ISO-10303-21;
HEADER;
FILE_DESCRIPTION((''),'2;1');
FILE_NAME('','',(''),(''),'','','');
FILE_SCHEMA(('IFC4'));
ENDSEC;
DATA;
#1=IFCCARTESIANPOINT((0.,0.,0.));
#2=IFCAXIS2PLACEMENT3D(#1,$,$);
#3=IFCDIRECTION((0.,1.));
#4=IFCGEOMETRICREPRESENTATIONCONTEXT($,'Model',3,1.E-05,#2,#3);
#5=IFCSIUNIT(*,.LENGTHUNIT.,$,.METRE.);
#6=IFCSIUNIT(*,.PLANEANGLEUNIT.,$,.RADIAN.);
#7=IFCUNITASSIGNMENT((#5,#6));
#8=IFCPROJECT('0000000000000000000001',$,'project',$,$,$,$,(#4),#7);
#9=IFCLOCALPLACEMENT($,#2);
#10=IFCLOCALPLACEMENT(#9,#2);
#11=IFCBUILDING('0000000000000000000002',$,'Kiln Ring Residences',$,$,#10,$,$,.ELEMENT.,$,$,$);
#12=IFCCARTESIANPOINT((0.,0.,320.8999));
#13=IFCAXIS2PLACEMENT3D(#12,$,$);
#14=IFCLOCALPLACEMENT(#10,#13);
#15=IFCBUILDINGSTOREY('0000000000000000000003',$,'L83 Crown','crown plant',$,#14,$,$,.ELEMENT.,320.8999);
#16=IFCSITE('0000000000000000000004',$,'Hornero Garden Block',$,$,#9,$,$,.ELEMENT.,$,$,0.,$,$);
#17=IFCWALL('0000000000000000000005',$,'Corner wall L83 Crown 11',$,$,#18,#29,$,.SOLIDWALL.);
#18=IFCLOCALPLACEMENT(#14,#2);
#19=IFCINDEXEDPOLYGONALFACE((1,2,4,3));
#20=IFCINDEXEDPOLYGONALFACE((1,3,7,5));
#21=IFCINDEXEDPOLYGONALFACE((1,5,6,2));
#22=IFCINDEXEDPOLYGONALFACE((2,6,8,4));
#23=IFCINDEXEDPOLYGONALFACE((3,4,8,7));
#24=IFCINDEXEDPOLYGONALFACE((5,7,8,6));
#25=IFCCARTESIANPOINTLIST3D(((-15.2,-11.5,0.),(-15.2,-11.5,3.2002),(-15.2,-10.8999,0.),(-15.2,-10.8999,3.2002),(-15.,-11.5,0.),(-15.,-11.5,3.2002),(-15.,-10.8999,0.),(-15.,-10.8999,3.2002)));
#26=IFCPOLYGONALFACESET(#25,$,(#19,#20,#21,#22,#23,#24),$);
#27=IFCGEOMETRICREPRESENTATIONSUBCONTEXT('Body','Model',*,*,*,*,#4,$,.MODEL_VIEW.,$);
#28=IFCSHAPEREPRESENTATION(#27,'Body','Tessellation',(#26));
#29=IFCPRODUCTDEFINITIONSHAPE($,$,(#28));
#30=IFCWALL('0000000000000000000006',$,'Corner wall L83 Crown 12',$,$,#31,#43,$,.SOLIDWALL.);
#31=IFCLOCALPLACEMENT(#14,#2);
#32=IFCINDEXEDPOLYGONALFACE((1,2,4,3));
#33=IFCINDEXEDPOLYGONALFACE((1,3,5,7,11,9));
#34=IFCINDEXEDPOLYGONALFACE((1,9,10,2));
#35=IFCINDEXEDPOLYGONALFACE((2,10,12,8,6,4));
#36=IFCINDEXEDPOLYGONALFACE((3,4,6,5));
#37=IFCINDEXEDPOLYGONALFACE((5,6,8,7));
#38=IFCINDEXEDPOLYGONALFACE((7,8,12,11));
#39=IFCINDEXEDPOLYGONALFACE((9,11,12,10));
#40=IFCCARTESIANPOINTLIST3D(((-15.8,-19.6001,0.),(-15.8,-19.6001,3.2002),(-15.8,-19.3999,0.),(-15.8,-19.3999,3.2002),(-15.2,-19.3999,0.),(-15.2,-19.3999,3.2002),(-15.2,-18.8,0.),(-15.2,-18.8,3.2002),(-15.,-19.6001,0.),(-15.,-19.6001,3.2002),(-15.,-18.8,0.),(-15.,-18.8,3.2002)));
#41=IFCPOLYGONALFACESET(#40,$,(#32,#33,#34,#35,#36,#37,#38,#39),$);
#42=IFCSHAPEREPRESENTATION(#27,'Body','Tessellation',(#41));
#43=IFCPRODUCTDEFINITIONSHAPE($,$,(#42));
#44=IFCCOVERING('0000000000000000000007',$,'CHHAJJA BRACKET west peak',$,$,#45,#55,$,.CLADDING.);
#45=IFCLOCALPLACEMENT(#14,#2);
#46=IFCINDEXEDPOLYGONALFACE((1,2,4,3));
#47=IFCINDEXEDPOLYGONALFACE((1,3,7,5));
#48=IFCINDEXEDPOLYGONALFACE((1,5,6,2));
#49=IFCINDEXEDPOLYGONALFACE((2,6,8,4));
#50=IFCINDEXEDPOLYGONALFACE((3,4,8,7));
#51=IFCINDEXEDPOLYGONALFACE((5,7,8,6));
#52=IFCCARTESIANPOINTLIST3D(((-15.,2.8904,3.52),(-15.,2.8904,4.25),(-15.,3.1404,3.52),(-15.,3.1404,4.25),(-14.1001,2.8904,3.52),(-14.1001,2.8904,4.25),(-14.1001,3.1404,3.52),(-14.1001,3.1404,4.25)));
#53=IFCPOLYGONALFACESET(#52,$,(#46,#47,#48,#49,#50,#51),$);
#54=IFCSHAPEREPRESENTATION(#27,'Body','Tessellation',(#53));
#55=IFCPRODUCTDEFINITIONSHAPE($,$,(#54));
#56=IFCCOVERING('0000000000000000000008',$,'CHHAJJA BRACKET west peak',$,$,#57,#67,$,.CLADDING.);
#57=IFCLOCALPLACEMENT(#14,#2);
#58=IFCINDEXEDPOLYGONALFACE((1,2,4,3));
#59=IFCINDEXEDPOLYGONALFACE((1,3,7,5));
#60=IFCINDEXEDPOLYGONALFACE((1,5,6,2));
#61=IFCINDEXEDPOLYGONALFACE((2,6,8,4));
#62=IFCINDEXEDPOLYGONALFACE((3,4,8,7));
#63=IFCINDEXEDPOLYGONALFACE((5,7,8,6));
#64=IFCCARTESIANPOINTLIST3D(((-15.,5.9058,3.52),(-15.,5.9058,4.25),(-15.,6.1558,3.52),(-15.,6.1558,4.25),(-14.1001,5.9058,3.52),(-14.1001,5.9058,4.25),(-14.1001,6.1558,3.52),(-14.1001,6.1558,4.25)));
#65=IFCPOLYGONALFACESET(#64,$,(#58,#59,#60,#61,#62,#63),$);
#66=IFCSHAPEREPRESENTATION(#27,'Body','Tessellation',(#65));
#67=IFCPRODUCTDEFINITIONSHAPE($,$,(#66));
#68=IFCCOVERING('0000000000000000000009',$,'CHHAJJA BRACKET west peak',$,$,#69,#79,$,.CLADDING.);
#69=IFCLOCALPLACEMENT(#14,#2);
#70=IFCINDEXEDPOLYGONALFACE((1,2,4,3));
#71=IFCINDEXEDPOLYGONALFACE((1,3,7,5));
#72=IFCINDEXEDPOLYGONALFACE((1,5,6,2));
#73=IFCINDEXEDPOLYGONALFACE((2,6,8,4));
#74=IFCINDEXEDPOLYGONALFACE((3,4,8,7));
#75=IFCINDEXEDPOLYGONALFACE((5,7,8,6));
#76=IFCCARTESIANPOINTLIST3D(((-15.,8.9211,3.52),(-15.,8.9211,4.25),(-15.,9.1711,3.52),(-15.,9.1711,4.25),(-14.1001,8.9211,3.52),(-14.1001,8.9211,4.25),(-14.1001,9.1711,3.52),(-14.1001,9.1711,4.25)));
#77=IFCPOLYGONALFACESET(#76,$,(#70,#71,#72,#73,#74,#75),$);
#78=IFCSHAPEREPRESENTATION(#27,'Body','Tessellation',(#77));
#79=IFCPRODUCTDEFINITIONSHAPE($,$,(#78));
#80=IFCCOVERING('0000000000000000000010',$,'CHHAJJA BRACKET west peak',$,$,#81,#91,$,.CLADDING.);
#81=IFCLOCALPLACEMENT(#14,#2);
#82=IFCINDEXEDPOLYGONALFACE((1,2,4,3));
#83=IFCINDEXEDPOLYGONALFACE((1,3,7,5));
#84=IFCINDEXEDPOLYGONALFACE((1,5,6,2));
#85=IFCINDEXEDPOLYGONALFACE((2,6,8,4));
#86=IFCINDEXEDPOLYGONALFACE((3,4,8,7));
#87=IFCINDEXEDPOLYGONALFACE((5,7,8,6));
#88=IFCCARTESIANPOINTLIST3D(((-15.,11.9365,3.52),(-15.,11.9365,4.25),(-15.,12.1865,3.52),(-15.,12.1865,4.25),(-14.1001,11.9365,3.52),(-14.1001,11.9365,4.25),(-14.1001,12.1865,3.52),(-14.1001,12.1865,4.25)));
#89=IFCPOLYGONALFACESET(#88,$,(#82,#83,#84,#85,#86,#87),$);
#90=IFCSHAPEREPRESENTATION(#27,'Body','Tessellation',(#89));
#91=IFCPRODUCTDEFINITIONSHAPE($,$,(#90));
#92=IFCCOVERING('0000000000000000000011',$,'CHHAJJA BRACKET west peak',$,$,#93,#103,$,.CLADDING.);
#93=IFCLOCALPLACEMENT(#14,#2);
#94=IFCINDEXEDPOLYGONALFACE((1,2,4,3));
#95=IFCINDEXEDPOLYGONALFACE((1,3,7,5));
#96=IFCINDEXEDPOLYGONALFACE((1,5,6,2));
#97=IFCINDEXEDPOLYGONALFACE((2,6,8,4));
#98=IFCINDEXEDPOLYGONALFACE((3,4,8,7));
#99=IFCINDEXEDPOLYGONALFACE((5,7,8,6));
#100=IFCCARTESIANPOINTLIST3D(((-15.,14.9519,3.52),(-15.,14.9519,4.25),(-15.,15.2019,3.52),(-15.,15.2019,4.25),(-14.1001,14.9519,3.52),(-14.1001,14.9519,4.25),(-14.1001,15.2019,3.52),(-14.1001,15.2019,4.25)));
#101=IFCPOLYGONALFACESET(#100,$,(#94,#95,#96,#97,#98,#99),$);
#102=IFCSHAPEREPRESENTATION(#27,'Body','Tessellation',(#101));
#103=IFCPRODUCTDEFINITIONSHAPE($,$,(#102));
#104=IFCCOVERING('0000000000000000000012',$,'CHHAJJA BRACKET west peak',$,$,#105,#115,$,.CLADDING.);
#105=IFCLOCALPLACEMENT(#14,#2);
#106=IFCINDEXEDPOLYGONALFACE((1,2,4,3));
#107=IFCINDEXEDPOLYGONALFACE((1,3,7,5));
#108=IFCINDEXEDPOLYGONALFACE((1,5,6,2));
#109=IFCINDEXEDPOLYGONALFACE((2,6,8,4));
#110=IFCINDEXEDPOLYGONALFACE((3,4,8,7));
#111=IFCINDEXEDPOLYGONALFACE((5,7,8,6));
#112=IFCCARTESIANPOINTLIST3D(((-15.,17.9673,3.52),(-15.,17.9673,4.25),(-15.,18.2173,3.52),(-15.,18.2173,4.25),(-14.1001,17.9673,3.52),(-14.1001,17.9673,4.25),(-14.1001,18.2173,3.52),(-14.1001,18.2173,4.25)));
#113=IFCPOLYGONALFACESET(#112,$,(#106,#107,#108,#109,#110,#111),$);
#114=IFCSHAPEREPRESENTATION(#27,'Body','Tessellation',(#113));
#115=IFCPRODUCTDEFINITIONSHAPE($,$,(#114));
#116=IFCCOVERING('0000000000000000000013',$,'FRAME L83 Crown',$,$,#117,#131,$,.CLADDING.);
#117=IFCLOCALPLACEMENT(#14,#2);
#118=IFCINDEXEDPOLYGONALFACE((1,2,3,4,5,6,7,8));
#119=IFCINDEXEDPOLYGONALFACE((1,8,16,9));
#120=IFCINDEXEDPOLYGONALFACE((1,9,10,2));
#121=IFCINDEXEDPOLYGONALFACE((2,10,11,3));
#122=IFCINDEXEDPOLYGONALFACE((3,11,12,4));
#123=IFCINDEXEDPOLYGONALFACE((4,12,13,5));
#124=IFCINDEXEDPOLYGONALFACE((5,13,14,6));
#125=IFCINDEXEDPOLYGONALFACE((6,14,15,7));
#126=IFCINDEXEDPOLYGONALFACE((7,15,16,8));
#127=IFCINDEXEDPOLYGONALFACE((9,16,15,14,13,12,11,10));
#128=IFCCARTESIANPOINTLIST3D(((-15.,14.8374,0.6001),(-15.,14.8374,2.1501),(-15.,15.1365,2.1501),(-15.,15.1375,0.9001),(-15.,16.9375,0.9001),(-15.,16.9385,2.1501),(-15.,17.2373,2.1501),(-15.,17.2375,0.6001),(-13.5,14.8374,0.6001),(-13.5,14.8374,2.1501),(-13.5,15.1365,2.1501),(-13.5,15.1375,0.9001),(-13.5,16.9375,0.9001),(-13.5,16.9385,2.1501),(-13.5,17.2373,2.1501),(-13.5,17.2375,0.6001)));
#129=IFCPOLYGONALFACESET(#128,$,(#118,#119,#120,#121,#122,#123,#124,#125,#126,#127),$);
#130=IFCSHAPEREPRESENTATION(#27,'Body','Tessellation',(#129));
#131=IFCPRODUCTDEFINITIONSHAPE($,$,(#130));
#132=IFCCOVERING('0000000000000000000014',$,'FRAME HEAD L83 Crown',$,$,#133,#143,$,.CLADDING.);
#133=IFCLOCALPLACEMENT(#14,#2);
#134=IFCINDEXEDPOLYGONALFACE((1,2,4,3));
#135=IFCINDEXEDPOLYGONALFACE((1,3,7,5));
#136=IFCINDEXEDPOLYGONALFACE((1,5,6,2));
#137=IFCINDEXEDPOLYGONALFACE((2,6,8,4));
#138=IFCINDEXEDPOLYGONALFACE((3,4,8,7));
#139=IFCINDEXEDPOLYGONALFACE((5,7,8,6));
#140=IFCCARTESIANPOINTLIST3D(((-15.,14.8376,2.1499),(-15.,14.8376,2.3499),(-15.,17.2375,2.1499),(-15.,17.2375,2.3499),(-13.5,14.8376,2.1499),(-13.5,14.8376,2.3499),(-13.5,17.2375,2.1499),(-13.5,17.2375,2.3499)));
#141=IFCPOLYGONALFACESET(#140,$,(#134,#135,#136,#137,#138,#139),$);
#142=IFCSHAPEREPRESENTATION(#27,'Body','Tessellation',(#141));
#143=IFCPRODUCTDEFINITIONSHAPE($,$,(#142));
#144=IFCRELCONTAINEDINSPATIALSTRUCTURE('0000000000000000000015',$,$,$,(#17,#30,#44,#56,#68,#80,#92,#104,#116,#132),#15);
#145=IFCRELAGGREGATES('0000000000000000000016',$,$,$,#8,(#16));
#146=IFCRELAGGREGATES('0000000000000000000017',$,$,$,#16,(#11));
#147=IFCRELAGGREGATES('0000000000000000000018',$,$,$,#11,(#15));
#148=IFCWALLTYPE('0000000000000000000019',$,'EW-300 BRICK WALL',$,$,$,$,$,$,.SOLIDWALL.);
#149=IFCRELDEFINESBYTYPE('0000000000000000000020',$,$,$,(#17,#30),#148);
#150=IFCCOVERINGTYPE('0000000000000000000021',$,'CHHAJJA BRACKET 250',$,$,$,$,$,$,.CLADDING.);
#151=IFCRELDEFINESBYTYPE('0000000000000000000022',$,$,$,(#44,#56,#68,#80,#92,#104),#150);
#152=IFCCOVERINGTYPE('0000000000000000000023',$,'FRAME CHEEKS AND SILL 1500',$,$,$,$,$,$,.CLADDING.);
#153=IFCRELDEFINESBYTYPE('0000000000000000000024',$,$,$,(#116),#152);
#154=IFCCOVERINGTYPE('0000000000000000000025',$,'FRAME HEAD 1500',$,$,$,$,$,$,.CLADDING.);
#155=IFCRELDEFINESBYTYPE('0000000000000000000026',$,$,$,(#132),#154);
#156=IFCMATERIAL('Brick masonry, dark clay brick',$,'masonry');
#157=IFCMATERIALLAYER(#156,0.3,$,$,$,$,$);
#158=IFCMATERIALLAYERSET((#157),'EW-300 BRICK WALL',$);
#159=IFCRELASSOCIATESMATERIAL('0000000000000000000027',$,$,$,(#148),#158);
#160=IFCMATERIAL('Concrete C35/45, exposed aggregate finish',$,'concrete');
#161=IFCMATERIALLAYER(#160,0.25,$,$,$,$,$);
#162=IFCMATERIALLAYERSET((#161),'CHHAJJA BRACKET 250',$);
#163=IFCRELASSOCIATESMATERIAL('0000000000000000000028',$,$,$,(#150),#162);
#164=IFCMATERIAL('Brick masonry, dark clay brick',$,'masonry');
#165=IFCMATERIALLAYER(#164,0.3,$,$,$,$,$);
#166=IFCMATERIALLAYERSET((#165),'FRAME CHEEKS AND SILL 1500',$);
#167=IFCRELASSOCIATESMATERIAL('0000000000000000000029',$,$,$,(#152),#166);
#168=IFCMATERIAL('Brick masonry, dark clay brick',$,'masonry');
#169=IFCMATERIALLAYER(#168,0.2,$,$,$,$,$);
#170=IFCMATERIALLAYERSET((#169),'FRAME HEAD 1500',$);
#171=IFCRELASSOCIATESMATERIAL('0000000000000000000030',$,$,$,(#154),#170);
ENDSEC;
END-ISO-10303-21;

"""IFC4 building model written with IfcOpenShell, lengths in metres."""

from ifc_helpers import new_model, si_unit, direction, frame, origin, origin_2d, place, context, subcontext, project, spatial, polyline, rectangle, outline, extrude, material, layer, layer_set, type_object, element, save


model = new_model("IFC4")

# Units and contexts
model_context = context("Model", 3, precision=1e-05, world=origin(), true_north=direction((0.0, 1.0)))
body_context = subcontext(model_context, "Body", "Model", "MODEL_VIEW")
ifc_project = project(units=[si_unit("LENGTHUNIT", "METRE"), si_unit("PLANEANGLEUNIT", "RADIAN")], contexts=[model_context])

# Site, building, storey
site_placement = place(None, origin())
site = spatial("IfcSite", under=ifc_project, at=site_placement, Name="Hornero Garden Block", CompositionType="ELEMENT", RefElevation=0.0)
building_placement = place(site_placement, origin())
building = spatial("IfcBuilding", under=site, at=building_placement, Name="Kiln Ring Residences", CompositionType="ELEMENT")
storey_placement = place(building_placement, frame((0.0, 0.0, 320.8999)))
storey = spatial("IfcBuildingStorey", under=building, at=storey_placement, Name="L83 Crown", Description="crown plant", CompositionType="ELEMENT", Elevation=320.8999)

# Shared definitions
ifc_material_1 = material(Name="Brick masonry, dark clay brick", Category="masonry")
ifc_layer_1 = layer(ifc_material_1, 0.3)
ifc_layer_set_1 = layer_set([ifc_layer_1], Name="EW-300 BRICK WALL")
wall_type = type_object("IfcWallType", Name="EW-300 BRICK WALL", PredefinedType="SOLIDWALL", material=ifc_layer_set_1)

# Walls
placement = place(storey_placement, origin())
element("IfcWall", 1, at=placement, inside=storey, type_object=wall_type, Name="Corner wall L83 Crown 11", PredefinedType="SOLIDWALL", context=body_context, shape_type="SweptSolid", body=[
    extrude(outline(polyline([(-15.2, -11.5), (-15.0, -11.5), (-15.0, -10.8999), (-15.2, -10.8999), (-15.2, -11.5)])), origin(), (0.0, 0.0, 1.0), 3.2002),
])
element("IfcWall", 2, at=placement, inside=storey, type_object=wall_type, Name="Corner wall L83 Crown 12", PredefinedType="SOLIDWALL", context=body_context, shape_type="SweptSolid", body=[
    extrude(outline(polyline([(-15.8, -19.6001), (-15.0, -19.6001), (-15.0, -18.8), (-15.2, -18.8), (-15.2, -19.3999), (-15.8, -19.3999), (-15.8, -19.6001)])), origin(), (0.0, 0.0, 1.0), 3.2002),
])

# Coverings
ifc_material_2 = material(Name="Concrete C35/45, exposed aggregate finish", Category="concrete")
ifc_layer_2 = layer(ifc_material_2, 0.25)
ifc_layer_set_2 = layer_set([ifc_layer_2], Name="CHHAJJA BRACKET 250")
covering_type_1 = type_object("IfcCoveringType", Name="CHHAJJA BRACKET 250", PredefinedType="CLADDING", material=ifc_layer_set_2)
for number, where, z_axis, x_axis, name in (
    (3, (-15.0, 3.0154, 3.52), (0.0, 0.0, 1.0), (1.0, 0.0, 0.0), "CHHAJJA BRACKET west peak"),
    (4, (-15.0, 6.0308, 3.52), (0.0, 0.0, 1.0), (1.0, 0.0, 0.0), "CHHAJJA BRACKET west peak"),
    (5, (-15.0, 9.0461, 3.52), (0.0, 0.0, 1.0), (1.0, 0.0, 0.0), "CHHAJJA BRACKET west peak"),
    (6, (-15.0, 12.0615, 3.52), (0.0, 0.0, 1.0), (1.0, 0.0, 0.0), "CHHAJJA BRACKET west peak"),
    (7, (-15.0, 15.0769, 3.52), (0.0, 0.0, 1.0), (1.0, 0.0, 0.0), "CHHAJJA BRACKET west peak"),
    (8, (-15.0, 18.0923, 3.52), (0.0, 0.0, 1.0), (1.0, 0.0, 0.0), "CHHAJJA BRACKET west peak"),
):
    element("IfcCovering", number, at=place(storey_placement, frame(where, z_axis=z_axis, x_axis=x_axis)), inside=storey, type_object=covering_type_1, Name=name, PredefinedType="CLADDING", context=body_context, shape_type="SweptSolid", body=[
        extrude(outline(polyline([(0.0, 0.0), (0.8999, 0.0), (0.8999, 0.73), (0.0, 0.73), (0.0, 0.0), (0.0, 0.0)])), frame((0.0, 0.125, 0.0), z_axis=(0.0, -1.0, 0.0), x_axis=(1.0, 0.0, 0.0)), (0.0, 0.0, 1.0), 0.25),
    ])
ifc_material_3 = material(Name="Brick masonry, dark clay brick", Category="masonry")
ifc_layer_3 = layer(ifc_material_3, 0.3)
ifc_layer_set_3 = layer_set([ifc_layer_3], Name="FRAME CHEEKS AND SILL 1500")
covering_type_2 = type_object("IfcCoveringType", Name="FRAME CHEEKS AND SILL 1500", PredefinedType="CLADDING", material=ifc_layer_set_3)
covering_1_placement = place(storey_placement, frame((-14.25, 14.8374, 0.6001), z_axis=(0.0, 0.0, 1.0), x_axis=(0.0, 1.0, 0.0)))
element("IfcCovering", 9, at=covering_1_placement, inside=storey, type_object=covering_type_2, Name="FRAME L83 Crown", PredefinedType="CLADDING", context=body_context, shape_type="SweptSolid", body=[
    extrude(outline(polyline([(0.0, 0.0), (2.4001, 0.0), (2.3999, 1.55), (2.1011, 1.55), (2.1001, 0.3), (0.3, 0.3), (0.2991, 1.55), (0.0, 1.55), (0.0, 0.0)])), frame((0.0, 0.75, 0.0), z_axis=(0.0, -1.0, 0.0), x_axis=(1.0, 0.0, 0.0)), (0.0, 0.0, 1.0), 1.5),
])
ifc_material_4 = material(Name="Brick masonry, dark clay brick", Category="masonry")
ifc_layer_4 = layer(ifc_material_4, 0.2)
ifc_layer_set_4 = layer_set([ifc_layer_4], Name="FRAME HEAD 1500")
covering_type_3 = type_object("IfcCoveringType", Name="FRAME HEAD 1500", PredefinedType="CLADDING", material=ifc_layer_set_4)
covering_2_placement = place(storey_placement, frame((-14.25, 16.0376, 2.1499), z_axis=(0.0, 0.0, 1.0), x_axis=(0.0, 1.0, 0.0)))
element("IfcCovering", 10, at=covering_2_placement, inside=storey, type_object=covering_type_3, Name="FRAME HEAD L83 Crown", PredefinedType="CLADDING", context=body_context, shape_type="SweptSolid", body=[
    extrude(rectangle(XDim=2.3999, YDim=1.5, at=origin_2d()), origin(), (0.0, 0.0, 1.0), 0.2),
])

save(model, "model.ifc")
